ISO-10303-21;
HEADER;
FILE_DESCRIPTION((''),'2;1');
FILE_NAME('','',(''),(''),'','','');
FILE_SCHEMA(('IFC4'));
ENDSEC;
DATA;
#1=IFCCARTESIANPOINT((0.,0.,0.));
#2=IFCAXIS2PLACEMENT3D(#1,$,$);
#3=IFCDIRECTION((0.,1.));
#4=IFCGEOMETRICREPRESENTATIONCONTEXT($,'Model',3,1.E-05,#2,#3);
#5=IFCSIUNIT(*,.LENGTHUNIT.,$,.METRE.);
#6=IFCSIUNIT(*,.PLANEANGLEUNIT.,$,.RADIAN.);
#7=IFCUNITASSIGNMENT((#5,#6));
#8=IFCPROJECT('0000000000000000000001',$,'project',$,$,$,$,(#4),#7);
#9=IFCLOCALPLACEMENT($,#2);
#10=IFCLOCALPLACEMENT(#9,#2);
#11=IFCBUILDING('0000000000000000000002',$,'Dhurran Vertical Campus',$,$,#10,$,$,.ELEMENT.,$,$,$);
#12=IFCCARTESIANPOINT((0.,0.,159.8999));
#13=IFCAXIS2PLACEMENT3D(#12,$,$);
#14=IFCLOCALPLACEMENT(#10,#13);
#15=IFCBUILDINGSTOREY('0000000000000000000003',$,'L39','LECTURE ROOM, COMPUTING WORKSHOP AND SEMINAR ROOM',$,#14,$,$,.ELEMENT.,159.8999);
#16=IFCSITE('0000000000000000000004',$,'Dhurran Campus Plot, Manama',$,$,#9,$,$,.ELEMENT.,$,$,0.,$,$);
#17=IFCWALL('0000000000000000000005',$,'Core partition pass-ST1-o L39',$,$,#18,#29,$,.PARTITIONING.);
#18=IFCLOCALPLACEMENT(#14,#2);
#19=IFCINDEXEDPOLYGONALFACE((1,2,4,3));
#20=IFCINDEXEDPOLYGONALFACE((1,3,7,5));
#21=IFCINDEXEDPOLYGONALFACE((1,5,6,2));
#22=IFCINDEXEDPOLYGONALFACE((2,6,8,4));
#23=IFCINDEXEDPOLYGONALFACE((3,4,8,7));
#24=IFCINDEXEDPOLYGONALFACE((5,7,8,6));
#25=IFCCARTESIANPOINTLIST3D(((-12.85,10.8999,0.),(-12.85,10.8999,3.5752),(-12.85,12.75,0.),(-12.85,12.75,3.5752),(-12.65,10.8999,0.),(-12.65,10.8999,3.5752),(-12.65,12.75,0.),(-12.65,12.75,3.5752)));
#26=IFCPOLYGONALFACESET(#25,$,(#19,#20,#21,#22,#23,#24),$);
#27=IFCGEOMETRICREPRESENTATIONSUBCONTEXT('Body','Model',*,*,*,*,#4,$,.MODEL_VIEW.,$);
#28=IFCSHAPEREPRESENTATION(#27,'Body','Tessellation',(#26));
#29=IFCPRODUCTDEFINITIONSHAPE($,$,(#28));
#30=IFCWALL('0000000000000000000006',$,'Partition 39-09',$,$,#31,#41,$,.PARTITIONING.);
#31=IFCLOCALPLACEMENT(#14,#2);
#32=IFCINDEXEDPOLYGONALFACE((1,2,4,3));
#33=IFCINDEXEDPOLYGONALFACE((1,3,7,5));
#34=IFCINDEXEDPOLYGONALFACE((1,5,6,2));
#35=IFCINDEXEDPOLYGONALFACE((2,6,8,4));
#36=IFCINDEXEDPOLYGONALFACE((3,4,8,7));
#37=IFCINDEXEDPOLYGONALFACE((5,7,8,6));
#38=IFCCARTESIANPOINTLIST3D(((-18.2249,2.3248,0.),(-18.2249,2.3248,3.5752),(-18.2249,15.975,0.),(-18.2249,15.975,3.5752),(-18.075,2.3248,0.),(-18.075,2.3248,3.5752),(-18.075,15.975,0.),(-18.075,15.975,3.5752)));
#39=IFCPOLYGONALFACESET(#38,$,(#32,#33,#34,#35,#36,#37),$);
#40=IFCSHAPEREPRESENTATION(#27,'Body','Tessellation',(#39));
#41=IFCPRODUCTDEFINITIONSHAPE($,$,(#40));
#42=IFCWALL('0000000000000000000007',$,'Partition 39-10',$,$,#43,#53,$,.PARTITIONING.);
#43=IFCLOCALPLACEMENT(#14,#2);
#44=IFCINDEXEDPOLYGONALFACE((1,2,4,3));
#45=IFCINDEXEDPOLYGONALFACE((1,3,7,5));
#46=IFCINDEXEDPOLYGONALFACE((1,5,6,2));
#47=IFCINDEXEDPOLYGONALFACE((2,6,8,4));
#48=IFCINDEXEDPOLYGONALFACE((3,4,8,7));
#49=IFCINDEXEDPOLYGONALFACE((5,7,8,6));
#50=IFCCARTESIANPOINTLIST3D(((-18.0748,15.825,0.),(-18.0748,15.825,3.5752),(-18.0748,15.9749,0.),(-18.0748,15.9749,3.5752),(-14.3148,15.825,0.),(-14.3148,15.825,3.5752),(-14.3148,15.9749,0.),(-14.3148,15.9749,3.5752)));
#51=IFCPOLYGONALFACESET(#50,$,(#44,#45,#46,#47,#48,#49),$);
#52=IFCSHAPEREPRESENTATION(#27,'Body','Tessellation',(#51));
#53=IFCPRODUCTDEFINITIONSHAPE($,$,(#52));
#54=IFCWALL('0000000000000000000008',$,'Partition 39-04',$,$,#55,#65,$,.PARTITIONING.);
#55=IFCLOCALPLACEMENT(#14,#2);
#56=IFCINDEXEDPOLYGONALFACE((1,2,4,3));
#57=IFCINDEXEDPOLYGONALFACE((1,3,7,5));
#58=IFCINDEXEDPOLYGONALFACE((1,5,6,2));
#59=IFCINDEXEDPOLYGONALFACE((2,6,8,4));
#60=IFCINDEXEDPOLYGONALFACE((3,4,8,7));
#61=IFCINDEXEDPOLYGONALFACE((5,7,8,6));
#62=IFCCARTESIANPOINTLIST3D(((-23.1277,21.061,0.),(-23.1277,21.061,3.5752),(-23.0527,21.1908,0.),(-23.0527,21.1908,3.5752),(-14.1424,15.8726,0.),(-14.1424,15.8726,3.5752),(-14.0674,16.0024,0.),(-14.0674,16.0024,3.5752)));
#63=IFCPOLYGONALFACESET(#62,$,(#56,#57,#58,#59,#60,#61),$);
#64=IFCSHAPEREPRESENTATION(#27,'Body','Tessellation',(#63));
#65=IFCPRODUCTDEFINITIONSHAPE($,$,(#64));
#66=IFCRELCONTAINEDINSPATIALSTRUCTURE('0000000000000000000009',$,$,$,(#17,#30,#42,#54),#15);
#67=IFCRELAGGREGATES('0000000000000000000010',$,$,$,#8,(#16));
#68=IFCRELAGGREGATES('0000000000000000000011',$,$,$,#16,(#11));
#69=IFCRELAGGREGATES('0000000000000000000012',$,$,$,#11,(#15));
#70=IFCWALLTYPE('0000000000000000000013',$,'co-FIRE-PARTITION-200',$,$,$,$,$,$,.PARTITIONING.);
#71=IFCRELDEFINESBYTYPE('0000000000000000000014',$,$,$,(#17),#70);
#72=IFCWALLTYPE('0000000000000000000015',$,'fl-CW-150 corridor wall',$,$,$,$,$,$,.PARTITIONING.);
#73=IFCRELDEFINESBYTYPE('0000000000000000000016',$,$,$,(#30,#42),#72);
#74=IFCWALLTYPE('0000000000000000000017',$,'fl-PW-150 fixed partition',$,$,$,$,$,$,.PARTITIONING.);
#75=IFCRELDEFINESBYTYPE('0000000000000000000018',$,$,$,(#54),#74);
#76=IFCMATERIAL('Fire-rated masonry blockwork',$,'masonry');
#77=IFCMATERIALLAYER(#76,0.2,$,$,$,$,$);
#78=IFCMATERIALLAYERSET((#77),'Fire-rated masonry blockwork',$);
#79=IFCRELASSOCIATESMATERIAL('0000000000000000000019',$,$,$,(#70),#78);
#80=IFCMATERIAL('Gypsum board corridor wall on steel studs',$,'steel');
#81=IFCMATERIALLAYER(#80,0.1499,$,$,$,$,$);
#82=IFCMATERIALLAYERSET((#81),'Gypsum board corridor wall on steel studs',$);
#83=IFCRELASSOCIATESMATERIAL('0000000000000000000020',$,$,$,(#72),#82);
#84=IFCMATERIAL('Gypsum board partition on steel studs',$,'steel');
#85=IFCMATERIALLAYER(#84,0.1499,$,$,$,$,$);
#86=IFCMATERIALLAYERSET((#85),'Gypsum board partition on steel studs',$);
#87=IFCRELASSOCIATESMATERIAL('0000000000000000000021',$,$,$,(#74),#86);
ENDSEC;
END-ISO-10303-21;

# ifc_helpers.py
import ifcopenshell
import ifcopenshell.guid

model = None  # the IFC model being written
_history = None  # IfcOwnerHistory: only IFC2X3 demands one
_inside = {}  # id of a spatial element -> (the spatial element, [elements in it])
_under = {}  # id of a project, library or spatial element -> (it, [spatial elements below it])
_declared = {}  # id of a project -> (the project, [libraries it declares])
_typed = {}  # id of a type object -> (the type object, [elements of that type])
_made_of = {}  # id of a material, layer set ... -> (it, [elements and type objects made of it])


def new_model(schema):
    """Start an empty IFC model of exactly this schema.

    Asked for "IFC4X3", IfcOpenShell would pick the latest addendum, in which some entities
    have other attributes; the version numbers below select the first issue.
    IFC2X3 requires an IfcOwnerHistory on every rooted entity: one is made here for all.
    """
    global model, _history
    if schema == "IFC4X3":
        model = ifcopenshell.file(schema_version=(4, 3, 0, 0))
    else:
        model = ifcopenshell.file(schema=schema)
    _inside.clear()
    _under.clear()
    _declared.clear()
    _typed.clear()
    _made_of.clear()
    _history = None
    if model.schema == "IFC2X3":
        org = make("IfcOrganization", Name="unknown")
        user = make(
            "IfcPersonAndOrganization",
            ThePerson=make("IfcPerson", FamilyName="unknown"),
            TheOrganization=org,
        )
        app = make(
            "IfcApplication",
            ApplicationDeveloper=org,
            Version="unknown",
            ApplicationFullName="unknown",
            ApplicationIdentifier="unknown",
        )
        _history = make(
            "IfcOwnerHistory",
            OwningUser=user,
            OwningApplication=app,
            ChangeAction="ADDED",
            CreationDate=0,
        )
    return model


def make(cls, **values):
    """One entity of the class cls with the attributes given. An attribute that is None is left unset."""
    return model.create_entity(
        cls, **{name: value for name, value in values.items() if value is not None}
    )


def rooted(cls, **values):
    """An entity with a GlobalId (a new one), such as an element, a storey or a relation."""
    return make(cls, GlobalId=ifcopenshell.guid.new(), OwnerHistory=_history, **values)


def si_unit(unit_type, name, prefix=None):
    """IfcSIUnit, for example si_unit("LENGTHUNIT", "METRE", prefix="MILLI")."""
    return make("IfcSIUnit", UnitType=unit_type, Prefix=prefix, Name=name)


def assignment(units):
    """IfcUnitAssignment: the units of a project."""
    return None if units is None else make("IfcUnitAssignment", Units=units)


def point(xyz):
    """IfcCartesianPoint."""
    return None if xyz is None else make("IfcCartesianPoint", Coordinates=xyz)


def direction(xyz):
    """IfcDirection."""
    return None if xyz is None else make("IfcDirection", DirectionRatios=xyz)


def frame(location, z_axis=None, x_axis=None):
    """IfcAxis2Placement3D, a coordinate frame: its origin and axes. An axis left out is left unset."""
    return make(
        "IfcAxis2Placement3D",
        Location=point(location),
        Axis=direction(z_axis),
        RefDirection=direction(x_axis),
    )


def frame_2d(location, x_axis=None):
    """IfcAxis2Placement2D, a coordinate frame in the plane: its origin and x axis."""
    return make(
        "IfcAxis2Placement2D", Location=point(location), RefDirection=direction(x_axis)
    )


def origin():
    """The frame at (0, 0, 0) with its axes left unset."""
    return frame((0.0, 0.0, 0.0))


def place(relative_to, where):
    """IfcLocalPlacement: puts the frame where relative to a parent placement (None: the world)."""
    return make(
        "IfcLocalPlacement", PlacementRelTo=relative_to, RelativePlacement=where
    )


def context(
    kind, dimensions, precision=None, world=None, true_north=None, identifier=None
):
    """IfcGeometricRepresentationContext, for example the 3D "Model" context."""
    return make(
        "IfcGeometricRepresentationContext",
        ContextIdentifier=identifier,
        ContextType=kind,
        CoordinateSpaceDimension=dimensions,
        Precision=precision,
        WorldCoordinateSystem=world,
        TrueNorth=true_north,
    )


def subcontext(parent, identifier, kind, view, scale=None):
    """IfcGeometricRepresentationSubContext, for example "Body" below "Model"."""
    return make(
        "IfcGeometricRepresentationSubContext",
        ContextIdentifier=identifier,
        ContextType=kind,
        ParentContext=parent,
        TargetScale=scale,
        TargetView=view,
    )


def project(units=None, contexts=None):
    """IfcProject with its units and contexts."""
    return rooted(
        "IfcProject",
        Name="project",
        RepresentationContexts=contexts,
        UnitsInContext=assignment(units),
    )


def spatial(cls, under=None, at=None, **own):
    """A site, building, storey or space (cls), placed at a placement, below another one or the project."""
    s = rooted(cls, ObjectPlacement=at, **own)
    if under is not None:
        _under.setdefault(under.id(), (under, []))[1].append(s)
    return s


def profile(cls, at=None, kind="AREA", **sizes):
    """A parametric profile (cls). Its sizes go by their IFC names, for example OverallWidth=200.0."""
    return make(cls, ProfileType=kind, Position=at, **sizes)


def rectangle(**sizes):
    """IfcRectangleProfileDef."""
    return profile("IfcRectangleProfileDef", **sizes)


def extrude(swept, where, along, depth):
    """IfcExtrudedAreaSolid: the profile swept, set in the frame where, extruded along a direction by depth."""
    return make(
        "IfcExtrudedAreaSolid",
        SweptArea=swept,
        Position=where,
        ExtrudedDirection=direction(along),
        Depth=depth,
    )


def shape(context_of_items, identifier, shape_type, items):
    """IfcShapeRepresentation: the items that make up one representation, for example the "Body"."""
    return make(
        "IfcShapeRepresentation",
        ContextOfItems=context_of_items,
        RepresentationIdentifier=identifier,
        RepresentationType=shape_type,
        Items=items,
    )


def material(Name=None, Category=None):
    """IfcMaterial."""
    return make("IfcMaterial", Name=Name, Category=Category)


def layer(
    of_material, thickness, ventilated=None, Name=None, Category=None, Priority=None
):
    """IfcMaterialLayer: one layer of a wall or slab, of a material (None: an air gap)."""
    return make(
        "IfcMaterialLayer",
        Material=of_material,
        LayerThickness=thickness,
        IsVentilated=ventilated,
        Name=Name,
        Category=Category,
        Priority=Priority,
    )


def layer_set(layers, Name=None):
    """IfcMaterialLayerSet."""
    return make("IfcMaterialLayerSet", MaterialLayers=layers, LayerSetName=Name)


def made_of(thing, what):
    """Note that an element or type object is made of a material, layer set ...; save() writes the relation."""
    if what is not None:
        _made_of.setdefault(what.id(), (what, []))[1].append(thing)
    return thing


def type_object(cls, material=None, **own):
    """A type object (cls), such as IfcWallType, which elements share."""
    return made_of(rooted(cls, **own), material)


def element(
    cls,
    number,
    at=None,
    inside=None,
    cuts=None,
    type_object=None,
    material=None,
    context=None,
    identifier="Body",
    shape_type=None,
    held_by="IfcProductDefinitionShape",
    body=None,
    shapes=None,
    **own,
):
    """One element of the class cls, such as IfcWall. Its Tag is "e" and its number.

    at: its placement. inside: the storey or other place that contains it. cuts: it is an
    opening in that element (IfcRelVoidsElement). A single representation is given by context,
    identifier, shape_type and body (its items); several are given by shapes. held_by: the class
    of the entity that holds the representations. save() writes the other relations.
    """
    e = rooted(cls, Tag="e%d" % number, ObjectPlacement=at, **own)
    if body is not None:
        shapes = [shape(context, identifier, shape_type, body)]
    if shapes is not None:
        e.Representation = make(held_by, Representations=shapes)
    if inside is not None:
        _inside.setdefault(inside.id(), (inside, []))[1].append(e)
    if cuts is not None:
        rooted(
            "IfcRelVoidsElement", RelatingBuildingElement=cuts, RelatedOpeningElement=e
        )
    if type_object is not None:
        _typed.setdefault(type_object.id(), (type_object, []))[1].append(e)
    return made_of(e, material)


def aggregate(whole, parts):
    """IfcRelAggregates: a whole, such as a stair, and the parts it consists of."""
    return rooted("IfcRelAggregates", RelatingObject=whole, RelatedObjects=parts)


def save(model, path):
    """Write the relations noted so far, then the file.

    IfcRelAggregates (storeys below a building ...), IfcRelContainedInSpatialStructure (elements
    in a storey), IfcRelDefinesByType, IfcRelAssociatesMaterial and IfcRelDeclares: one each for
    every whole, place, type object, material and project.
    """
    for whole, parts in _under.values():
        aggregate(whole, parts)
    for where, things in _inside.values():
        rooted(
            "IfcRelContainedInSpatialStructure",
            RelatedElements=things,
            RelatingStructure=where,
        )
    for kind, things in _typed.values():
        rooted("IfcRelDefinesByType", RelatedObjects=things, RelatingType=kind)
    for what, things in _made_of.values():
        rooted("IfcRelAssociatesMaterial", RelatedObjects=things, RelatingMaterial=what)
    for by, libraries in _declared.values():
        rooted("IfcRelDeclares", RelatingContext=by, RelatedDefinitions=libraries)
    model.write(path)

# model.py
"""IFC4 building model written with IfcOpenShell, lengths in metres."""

from ifc_helpers import new_model, si_unit, direction, frame, frame_2d, origin, place, context, subcontext, project, spatial, rectangle, extrude, material, layer, layer_set, type_object, element, save


model = new_model("IFC4")

# Units and contexts
model_context = context("Model", 3, precision=1e-05, world=origin(), true_north=direction((0.0, 1.0)))
body_context = subcontext(model_context, "Body", "Model", "MODEL_VIEW")
ifc_project = project(units=[si_unit("LENGTHUNIT", "METRE"), si_unit("PLANEANGLEUNIT", "RADIAN")], contexts=[model_context])

# Site, building, storey
site_placement = place(None, origin())
site = spatial("IfcSite", under=ifc_project, at=site_placement, Name="Dhurran Campus Plot, Manama", CompositionType="ELEMENT", RefElevation=0.0)
building_placement = place(site_placement, origin())
building = spatial("IfcBuilding", under=site, at=building_placement, Name="Dhurran Vertical Campus", CompositionType="ELEMENT")
storey_placement = place(building_placement, frame((0.0, 0.0, 159.8999)))
storey = spatial("IfcBuildingStorey", under=building, at=storey_placement, Name="L39", Description="LECTURE ROOM, COMPUTING WORKSHOP AND SEMINAR ROOM", CompositionType="ELEMENT", Elevation=159.8999)

# Walls
ifc_material_1 = material(Name="Fire-rated masonry blockwork", Category="masonry")
ifc_layer_1 = layer(ifc_material_1, 0.2)
ifc_layer_set_1 = layer_set([ifc_layer_1], Name="Fire-rated masonry blockwork")
wall_type_1 = type_object("IfcWallType", Name="co-FIRE-PARTITION-200", PredefinedType="PARTITIONING", material=ifc_layer_set_1)
wall_1_placement = place(storey_placement, frame((-12.75, 10.8999, 0.0), z_axis=(0.0, 0.0, 1.0), x_axis=(0.0, 1.0, 0.0)))
element("IfcWall", 1, at=wall_1_placement, inside=storey, type_object=wall_type_1, Name="Core partition pass-ST1-o L39", PredefinedType="PARTITIONING", context=body_context, shape_type="SweptSolid", body=[
    extrude(rectangle(XDim=1.8501, YDim=0.2, at=frame_2d((0.925, 0.0))), origin(), (0.0, 0.0, 1.0), 3.5752),
])
ifc_material_2 = material(Name="Gypsum board corridor wall on steel studs", Category="steel")
ifc_layer_2 = layer(ifc_material_2, 0.1499)
ifc_layer_set_2 = layer_set([ifc_layer_2], Name="Gypsum board corridor wall on steel studs")
wall_type_2 = type_object("IfcWallType", Name="fl-CW-150 corridor wall", PredefinedType="PARTITIONING", material=ifc_layer_set_2)
wall_2_placement = place(storey_placement, frame((-18.1499, 15.9751, 0.0), z_axis=(0.0, 0.0, 1.0), x_axis=(0.0, -1.0, 0.0)))
element("IfcWall", 2, at=wall_2_placement, inside=storey, type_object=wall_type_2, Name="Partition 39-09", PredefinedType="PARTITIONING", context=body_context, shape_type="SweptSolid", body=[
    extrude(rectangle(XDim=13.6501, YDim=0.1499, at=frame_2d((6.8252, 0.0))), origin(), (0.0, 0.0, 1.0), 3.5752),
])
wall_3_placement = place(storey_placement, frame((-14.3149, 15.8999, 0.0), z_axis=(0.0, 0.0, 1.0), x_axis=(-1.0, 0.0, 0.0)))
element("IfcWall", 3, at=wall_3_placement, inside=storey, type_object=wall_type_2, Name="Partition 39-10", PredefinedType="PARTITIONING", context=body_context, shape_type="SweptSolid", body=[
    extrude(rectangle(XDim=3.76, YDim=0.1499, at=frame_2d((1.8799, 0.0))), origin(), (0.0, 0.0, 1.0), 3.5752),
])
ifc_material_3 = material(Name="Gypsum board partition on steel studs", Category="steel")
ifc_layer_3 = layer(ifc_material_3, 0.1499)
ifc_layer_set_3 = layer_set([ifc_layer_3], Name="Gypsum board partition on steel studs")
wall_type_3 = type_object("IfcWallType", Name="fl-PW-150 fixed partition", PredefinedType="PARTITIONING", material=ifc_layer_set_3)
wall_4_placement = place(storey_placement, frame((-23.0903, 21.126, 0.0), z_axis=(0.0, 0.0, 1.0), x_axis=(0.865993, -0.500056, 0.0)))
element("IfcWall", 4, at=wall_4_placement, inside=storey, type_object=wall_type_3, Name="Partition 39-04", PredefinedType="PARTITIONING", context=body_context, shape_type="SweptSolid", body=[
    extrude(rectangle(XDim=10.3757, YDim=0.1499, at=frame_2d((5.188, 0.0))), origin(), (0.0, 0.0, 1.0), 3.5752),
])

save(model, "model.ifc")
